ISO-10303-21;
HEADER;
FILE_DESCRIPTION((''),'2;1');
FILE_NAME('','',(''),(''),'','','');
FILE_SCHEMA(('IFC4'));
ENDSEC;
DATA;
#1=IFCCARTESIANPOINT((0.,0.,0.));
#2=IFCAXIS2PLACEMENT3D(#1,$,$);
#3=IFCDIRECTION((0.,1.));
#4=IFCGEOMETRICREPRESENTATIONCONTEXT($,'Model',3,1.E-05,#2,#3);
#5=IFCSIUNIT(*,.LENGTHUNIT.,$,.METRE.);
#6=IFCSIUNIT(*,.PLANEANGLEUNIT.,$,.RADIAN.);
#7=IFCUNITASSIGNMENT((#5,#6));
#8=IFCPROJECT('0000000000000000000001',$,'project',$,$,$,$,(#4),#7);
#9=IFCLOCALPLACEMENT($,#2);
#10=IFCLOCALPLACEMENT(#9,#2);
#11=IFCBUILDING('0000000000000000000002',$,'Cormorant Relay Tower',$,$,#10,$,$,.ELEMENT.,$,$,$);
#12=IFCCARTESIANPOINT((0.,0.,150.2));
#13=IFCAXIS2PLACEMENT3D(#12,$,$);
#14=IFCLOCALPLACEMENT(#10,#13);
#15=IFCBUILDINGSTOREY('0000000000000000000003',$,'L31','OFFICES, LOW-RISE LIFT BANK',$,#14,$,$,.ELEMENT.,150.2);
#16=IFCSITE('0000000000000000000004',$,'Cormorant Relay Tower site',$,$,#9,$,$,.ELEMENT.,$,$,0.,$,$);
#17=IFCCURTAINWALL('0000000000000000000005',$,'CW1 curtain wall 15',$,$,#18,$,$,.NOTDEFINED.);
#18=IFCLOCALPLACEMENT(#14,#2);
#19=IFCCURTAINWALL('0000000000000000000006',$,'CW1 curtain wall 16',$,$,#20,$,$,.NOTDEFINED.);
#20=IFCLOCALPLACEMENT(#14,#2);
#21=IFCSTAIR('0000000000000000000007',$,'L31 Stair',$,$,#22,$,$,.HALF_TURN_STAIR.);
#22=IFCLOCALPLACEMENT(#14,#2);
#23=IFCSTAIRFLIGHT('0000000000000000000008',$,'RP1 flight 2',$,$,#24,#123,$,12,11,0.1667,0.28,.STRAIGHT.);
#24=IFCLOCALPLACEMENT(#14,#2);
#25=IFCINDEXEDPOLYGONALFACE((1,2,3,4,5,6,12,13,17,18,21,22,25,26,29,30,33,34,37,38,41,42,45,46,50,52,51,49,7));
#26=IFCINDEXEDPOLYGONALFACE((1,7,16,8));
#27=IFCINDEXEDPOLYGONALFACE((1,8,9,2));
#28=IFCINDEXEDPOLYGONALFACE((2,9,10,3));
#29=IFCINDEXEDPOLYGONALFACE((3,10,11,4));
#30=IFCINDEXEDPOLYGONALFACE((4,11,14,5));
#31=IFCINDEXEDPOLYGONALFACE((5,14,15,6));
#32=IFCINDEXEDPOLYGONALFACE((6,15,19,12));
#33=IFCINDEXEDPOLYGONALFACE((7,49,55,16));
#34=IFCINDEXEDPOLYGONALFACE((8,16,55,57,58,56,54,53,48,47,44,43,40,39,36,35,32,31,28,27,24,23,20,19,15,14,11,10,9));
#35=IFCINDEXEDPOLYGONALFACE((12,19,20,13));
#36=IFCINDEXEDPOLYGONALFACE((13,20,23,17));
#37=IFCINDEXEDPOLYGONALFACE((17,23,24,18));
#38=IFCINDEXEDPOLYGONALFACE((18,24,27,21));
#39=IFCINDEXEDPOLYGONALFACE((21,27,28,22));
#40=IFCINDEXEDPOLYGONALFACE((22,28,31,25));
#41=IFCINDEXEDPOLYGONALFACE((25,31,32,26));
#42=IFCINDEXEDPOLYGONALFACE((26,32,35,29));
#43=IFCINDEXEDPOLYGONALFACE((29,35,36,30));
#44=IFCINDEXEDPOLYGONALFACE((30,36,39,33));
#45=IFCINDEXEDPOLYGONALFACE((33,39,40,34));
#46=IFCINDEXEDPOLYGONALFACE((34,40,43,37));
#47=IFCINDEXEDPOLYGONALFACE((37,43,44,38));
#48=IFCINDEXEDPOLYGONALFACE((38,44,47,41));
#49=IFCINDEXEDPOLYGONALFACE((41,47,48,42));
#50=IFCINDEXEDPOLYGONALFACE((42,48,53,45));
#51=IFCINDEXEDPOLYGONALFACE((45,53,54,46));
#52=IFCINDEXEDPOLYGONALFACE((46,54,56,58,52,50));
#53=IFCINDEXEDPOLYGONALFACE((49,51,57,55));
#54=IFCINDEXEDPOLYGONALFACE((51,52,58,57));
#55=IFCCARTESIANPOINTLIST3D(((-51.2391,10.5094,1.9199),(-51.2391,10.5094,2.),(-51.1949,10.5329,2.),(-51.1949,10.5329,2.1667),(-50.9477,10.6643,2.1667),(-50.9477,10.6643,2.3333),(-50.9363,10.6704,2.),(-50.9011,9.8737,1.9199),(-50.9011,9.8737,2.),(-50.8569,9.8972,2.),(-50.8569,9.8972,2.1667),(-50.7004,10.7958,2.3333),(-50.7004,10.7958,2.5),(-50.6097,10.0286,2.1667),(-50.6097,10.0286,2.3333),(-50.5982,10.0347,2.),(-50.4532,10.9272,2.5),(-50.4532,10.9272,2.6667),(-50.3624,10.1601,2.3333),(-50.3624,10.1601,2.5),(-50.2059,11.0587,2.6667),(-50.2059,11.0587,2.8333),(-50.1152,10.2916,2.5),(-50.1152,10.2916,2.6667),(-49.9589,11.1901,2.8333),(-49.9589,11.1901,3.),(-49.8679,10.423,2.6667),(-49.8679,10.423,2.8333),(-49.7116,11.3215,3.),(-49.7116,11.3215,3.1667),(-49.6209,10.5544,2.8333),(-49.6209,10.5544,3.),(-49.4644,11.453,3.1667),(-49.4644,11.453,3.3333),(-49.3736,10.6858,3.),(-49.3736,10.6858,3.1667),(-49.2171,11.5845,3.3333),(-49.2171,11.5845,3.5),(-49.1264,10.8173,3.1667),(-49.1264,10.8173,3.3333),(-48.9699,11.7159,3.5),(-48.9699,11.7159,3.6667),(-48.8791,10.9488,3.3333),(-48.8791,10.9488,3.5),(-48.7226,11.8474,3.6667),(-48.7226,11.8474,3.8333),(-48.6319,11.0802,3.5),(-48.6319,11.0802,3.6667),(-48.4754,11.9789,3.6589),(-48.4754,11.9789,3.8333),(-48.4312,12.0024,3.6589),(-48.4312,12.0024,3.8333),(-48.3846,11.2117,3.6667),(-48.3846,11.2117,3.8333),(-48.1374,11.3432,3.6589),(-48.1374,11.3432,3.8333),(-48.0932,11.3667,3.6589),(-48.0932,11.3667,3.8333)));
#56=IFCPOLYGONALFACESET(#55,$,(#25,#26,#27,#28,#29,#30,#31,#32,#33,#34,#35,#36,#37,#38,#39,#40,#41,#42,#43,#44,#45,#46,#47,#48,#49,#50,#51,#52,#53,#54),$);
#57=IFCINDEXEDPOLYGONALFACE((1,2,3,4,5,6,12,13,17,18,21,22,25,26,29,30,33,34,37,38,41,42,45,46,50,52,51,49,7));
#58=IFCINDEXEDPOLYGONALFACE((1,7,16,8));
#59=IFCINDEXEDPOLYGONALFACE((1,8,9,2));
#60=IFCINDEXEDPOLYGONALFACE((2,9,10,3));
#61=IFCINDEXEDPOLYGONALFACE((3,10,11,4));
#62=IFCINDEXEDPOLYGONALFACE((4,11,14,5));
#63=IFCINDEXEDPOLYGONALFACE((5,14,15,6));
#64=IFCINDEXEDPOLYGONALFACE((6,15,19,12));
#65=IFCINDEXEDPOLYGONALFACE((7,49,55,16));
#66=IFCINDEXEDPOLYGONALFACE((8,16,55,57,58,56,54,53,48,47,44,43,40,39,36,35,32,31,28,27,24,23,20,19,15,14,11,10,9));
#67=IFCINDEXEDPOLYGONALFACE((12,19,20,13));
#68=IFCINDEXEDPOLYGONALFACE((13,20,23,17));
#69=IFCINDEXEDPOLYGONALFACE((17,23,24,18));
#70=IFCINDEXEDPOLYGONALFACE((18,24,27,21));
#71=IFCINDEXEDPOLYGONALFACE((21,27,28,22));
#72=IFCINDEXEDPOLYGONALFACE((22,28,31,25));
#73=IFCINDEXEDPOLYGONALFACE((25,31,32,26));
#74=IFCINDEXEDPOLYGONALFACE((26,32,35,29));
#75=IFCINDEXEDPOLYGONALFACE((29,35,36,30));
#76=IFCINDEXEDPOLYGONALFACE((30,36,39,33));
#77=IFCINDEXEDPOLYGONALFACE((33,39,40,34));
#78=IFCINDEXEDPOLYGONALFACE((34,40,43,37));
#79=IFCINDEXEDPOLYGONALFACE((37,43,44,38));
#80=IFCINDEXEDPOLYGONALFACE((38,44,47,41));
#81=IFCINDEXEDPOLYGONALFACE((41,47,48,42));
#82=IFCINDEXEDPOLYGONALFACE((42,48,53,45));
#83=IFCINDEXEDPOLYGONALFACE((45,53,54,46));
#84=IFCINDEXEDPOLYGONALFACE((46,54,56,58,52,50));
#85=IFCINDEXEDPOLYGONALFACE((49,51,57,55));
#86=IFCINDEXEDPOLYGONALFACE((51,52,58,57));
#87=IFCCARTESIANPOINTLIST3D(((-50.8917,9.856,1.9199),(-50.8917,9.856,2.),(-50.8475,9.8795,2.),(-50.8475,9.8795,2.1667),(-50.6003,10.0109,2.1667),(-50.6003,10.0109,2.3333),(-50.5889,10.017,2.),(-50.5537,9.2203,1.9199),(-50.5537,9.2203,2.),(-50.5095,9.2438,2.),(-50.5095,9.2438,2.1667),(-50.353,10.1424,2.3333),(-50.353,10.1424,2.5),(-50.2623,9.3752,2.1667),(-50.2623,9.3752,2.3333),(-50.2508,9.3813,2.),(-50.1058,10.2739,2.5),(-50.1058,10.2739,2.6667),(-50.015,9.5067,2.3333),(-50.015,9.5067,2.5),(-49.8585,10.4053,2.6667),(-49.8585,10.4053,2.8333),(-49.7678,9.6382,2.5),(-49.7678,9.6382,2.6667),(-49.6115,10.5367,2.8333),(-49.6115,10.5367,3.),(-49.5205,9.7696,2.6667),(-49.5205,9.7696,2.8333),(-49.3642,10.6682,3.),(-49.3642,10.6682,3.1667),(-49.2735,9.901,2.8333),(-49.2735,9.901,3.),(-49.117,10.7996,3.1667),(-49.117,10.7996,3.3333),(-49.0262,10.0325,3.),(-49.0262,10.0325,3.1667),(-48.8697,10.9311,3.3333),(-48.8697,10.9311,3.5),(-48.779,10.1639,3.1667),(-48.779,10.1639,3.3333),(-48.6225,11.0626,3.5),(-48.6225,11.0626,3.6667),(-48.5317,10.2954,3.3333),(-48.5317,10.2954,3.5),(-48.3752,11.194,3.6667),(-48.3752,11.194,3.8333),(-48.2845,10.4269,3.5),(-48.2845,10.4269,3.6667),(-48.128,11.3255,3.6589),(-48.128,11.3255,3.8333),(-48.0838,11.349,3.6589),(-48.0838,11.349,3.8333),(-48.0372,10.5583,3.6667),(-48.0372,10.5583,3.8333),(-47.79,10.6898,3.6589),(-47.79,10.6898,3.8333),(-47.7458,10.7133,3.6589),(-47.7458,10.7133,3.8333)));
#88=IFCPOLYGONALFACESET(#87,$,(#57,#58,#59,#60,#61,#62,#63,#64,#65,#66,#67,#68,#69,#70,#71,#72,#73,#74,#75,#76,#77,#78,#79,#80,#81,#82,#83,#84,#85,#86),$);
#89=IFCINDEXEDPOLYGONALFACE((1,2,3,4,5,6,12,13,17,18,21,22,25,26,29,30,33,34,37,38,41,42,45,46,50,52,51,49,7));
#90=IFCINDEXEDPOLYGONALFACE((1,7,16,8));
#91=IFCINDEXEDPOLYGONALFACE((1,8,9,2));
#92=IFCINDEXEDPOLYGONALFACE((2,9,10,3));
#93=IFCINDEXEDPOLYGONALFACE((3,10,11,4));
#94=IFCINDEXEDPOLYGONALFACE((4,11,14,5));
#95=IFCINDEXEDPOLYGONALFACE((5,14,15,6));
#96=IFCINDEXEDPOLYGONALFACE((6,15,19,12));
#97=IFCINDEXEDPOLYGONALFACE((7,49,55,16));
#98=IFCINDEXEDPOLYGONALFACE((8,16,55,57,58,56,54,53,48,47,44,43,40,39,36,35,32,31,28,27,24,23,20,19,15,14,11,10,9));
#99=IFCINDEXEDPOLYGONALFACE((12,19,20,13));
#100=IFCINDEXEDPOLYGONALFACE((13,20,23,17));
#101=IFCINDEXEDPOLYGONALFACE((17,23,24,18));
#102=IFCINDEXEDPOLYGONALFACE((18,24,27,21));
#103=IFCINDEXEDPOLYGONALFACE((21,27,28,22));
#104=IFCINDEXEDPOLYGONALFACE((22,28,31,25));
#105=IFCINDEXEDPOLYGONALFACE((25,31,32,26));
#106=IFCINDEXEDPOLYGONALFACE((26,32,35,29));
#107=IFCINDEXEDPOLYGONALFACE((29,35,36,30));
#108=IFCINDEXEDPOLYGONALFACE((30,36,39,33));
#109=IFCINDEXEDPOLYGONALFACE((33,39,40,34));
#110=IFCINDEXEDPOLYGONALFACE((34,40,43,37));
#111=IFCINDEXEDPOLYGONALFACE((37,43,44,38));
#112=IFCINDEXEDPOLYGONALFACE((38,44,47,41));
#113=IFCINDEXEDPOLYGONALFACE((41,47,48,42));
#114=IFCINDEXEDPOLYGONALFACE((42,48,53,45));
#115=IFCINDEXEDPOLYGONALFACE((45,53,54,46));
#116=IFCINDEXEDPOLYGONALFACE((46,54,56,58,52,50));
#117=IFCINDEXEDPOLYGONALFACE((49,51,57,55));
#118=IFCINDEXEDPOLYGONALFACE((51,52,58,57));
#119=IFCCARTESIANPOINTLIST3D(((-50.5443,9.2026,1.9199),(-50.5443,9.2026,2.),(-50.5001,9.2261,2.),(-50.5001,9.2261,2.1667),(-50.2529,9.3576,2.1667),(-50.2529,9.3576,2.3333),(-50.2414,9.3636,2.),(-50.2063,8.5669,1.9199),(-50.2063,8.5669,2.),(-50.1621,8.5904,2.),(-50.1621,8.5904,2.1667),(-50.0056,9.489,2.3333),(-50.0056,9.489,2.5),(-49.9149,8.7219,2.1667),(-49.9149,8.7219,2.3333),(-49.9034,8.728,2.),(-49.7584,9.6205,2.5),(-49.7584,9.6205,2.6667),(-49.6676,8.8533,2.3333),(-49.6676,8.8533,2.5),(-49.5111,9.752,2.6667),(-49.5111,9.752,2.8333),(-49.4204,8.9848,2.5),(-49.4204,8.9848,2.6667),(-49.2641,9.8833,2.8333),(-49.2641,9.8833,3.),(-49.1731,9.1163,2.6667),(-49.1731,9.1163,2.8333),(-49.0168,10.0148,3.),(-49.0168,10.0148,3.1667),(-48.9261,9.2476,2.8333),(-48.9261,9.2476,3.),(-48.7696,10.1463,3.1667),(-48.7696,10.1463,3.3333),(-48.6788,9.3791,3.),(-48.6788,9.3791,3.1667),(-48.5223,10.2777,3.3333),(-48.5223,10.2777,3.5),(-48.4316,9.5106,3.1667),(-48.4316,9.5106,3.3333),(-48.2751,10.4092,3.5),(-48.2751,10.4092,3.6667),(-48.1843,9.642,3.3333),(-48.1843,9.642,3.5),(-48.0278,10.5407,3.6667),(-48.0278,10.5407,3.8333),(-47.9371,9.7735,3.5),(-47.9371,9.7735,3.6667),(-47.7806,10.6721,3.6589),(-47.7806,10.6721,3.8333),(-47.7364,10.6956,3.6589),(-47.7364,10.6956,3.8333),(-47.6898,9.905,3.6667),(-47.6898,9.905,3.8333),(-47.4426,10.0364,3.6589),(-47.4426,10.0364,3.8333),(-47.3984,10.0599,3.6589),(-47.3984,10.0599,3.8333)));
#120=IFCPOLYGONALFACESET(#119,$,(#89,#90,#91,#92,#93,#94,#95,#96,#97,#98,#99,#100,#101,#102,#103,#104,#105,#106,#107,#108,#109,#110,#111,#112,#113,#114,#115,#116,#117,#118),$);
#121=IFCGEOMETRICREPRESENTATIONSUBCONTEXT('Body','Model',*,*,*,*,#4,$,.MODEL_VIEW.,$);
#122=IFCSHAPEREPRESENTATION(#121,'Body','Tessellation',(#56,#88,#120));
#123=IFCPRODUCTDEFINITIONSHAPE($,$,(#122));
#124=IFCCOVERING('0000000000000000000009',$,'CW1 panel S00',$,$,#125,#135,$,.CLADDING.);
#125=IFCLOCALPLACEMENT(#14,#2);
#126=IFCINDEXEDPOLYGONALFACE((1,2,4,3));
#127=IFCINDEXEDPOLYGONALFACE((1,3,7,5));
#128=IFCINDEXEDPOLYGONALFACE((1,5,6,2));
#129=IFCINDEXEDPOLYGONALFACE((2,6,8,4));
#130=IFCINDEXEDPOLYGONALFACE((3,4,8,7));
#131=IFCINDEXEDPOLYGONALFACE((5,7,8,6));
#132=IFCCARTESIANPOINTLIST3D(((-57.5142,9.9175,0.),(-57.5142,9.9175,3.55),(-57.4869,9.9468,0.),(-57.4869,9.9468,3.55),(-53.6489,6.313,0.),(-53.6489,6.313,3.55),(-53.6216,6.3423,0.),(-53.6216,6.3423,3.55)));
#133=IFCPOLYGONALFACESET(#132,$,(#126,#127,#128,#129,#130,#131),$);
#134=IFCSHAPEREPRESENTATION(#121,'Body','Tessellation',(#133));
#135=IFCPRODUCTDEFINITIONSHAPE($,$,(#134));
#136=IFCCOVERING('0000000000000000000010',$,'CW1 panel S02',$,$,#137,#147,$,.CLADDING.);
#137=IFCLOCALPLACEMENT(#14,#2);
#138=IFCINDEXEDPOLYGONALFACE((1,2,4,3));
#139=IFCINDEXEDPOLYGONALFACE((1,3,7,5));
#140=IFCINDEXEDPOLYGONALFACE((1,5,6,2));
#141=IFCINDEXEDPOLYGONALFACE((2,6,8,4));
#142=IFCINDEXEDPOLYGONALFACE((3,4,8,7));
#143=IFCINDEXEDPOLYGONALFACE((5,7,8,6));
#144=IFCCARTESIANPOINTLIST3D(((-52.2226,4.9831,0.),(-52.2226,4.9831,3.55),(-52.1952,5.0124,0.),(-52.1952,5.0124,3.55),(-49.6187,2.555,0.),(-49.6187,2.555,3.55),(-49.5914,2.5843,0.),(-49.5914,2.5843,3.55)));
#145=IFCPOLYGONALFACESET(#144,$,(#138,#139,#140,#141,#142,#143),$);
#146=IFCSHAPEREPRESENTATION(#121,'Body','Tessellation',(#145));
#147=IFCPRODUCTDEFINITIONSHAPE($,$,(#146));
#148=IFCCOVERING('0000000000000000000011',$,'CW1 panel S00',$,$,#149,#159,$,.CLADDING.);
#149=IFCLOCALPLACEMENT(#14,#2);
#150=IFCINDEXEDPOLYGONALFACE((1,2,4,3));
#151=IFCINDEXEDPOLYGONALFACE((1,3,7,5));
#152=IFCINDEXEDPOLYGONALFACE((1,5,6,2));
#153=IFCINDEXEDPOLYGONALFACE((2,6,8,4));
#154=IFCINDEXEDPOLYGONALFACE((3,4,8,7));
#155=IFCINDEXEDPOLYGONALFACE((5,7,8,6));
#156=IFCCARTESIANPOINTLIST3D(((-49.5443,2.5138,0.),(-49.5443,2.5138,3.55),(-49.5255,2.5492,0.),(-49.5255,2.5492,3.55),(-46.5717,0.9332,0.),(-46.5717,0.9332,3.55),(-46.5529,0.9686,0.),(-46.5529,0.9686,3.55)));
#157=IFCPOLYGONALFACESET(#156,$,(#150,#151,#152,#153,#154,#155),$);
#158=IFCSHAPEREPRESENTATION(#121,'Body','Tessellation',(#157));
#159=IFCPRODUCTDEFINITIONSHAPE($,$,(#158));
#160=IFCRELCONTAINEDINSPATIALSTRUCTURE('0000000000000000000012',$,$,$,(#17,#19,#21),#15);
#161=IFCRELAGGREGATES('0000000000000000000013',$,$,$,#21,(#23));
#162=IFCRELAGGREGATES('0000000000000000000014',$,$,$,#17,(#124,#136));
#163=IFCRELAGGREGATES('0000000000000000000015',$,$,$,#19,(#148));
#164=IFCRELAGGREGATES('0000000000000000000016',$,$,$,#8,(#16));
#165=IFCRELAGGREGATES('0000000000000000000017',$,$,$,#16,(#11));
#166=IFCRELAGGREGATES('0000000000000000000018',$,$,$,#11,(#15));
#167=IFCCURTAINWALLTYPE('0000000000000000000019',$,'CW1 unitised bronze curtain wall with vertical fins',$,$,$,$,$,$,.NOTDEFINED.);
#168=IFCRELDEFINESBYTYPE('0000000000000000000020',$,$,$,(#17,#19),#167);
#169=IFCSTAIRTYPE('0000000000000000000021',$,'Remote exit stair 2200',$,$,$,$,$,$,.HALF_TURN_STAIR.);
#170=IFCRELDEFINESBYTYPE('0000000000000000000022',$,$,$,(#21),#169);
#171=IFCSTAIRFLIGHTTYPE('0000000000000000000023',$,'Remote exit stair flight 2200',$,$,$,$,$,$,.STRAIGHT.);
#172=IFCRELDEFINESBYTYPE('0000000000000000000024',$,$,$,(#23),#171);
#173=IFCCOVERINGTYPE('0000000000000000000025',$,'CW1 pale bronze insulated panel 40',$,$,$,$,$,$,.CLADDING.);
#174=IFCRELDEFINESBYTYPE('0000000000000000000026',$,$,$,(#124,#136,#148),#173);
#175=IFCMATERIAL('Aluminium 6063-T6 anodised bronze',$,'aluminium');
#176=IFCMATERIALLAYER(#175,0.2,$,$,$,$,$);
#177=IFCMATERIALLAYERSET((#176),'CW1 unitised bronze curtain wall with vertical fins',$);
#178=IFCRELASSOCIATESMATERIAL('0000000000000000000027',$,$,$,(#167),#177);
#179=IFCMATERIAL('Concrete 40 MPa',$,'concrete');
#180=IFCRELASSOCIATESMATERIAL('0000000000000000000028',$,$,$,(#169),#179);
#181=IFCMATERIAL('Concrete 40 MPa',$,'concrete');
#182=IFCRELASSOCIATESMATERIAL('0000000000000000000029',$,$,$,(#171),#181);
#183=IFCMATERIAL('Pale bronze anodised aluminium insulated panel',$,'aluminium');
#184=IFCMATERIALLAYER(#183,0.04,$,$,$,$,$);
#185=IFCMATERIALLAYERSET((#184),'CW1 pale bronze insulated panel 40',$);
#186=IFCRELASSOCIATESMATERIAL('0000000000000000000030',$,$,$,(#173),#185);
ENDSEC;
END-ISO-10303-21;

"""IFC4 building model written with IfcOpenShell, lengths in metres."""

from ifc_helpers import new_model, si_unit, direction, frame, origin, origin_2d, place, context, subcontext, project, spatial, polyline, rectangle, outline, extrude, material, layer, layer_set, type_object, element, aggregate, save


model = new_model("IFC4")

# Units and contexts
model_context = context("Model", 3, precision=1e-05, world=origin(), true_north=direction((0.0, 1.0)))
body_context = subcontext(model_context, "Body", "Model", "MODEL_VIEW")
ifc_project = project(units=[si_unit("LENGTHUNIT", "METRE"), si_unit("PLANEANGLEUNIT", "RADIAN")], contexts=[model_context])

# Site, building, storey
site_placement = place(None, origin())
site = spatial("IfcSite", under=ifc_project, at=site_placement, Name="Cormorant Relay Tower site", CompositionType="ELEMENT", RefElevation=0.0)
building_placement = place(site_placement, origin())
building = spatial("IfcBuilding", under=site, at=building_placement, Name="Cormorant Relay Tower", CompositionType="ELEMENT")
storey_placement = place(building_placement, frame((0.0, 0.0, 150.2)))
storey = spatial("IfcBuildingStorey", under=building, at=storey_placement, Name="L31", Description="OFFICES, LOW-RISE LIFT BANK", CompositionType="ELEMENT", Elevation=150.2)

# Shared definitions
ifc_material_1 = material(Name="Aluminium 6063-T6 anodised bronze", Category="aluminium")
ifc_layer_1 = layer(ifc_material_1, 0.2)
ifc_layer_set_1 = layer_set([ifc_layer_1], Name="CW1 unitised bronze curtain wall with vertical fins")
curtain_wall_type = type_object("IfcCurtainWallType", Name="CW1 unitised bronze curtain wall with vertical fins", PredefinedType="NOTDEFINED", material=ifc_layer_set_1)

# Curtain wall
curtain_wall_1_placement = place(storey_placement, origin())
curtain_wall_1 = element("IfcCurtainWall", 1, at=curtain_wall_1_placement, inside=storey, type_object=curtain_wall_type, Name="CW1 curtain wall 15", PredefinedType="NOTDEFINED")

# Curtain wall
curtain_wall_2_placement = place(storey_placement, origin())
curtain_wall_2 = element("IfcCurtainWall", 2, at=curtain_wall_2_placement, inside=storey, type_object=curtain_wall_type, Name="CW1 curtain wall 16", PredefinedType="NOTDEFINED")

# Stair, stair flight
ifc_material_2 = material(Name="Concrete 40 MPa", Category="concrete")
stair_type = type_object("IfcStairType", Name="Remote exit stair 2200", PredefinedType="HALF_TURN_STAIR", material=ifc_material_2)
stair_placement = place(storey_placement, origin())
stair = element("IfcStair", 3, at=stair_placement, inside=storey, type_object=stair_type, Name="L31 Stair", PredefinedType="HALF_TURN_STAIR")
ifc_material_3 = material(Name="Concrete 40 MPa", Category="concrete")
stair_flight_type = type_object("IfcStairFlightType", Name="Remote exit stair flight 2200", PredefinedType="STRAIGHT", material=ifc_material_3)
stair_flight_1_placement = place(storey_placement, frame((-50.6785, 9.5615, 2.0), z_axis=(0.0, 0.0, 1.0), x_axis=(0.882948, 0.469472, 0.0)))
stair_flight_1 = element("IfcStairFlight", 4, at=stair_flight_1_placement, type_object=stair_flight_type, Name="RP1 flight 2", NumberOfRisers=12, NumberOfTreads=11, PredefinedType="STRAIGHT", RiserHeight=0.1667, TreadLength=0.28, context=body_context, shape_type="SweptSolid", body=[
    extrude(outline(polyline([(-0.05, -0.0801), (-0.05, 0.0), (0.0, 0.0), (0.0, 0.1667), (0.28, 0.1667), (0.28, 0.3333), (0.5601, 0.3333), (0.5601, 0.5), (0.8401, 0.5), (0.8401, 0.6667), (1.1201, 0.6667), (1.1201, 0.8333), (1.3999, 0.8333), (1.3999, 1.0), (1.6799, 1.0), (1.6799, 1.1667), (1.96, 1.1667), (1.96, 1.3333), (2.24, 1.3333), (2.24, 1.5), (2.52, 1.5), (2.52, 1.6667), (2.8, 1.6667), (2.8, 1.8333), (3.0801, 1.8333), (3.1301, 1.8333), (3.1301, 1.6589), (3.0801, 1.6589), (0.293, 0.0), (-0.05, -0.0801)])), frame((0.0, 1.1001, 0.0), z_axis=(0.0, -1.0, 0.0), x_axis=(1.0, 0.0, 0.0)), (0.0, 0.0, 1.0), 0.72),
    extrude(outline(polyline([(-0.05, -0.0801), (-0.05, 0.0), (0.0, 0.0), (0.0, 0.1667), (0.28, 0.1667), (0.28, 0.3333), (0.5601, 0.3333), (0.5601, 0.5), (0.8401, 0.5), (0.8401, 0.6667), (1.1201, 0.6667), (1.1201, 0.8333), (1.3999, 0.8333), (1.3999, 1.0), (1.6799, 1.0), (1.6799, 1.1667), (1.96, 1.1667), (1.96, 1.3333), (2.24, 1.3333), (2.24, 1.5), (2.52, 1.5), (2.52, 1.6667), (2.8, 1.6667), (2.8, 1.8333), (3.0801, 1.8333), (3.1301, 1.8333), (3.1301, 1.6589), (3.0801, 1.6589), (0.293, 0.0), (-0.05, -0.0801)])), frame((0.0, 0.3601, 0.0), z_axis=(0.0, -1.0, 0.0), x_axis=(1.0, 0.0, 0.0)), (0.0, 0.0, 1.0), 0.72),
    extrude(outline(polyline([(-0.05, -0.0801), (-0.05, 0.0), (0.0, 0.0), (0.0, 0.1667), (0.28, 0.1667), (0.28, 0.3333), (0.5601, 0.3333), (0.5601, 0.5), (0.8401, 0.5), (0.8401, 0.6667), (1.1201, 0.6667), (1.1201, 0.8333), (1.3999, 0.8333), (1.3999, 1.0), (1.6799, 1.0), (1.6799, 1.1667), (1.96, 1.1667), (1.96, 1.3333), (2.24, 1.3333), (2.24, 1.5), (2.52, 1.5), (2.52, 1.6667), (2.8, 1.6667), (2.8, 1.8333), (3.0801, 1.8333), (3.1301, 1.8333), (3.1301, 1.6589), (3.0801, 1.6589), (0.293, 0.0), (-0.05, -0.0801)])), frame((0.0, -0.3799, 0.0), z_axis=(0.0, -1.0, 0.0), x_axis=(1.0, 0.0, 0.0)), (0.0, 0.0, 1.0), 0.72),
])
aggregate(stair, [stair_flight_1])

# Coverings
ifc_material_4 = material(Name="Pale bronze anodised aluminium insulated panel", Category="aluminium")
ifc_layer_2 = layer(ifc_material_4, 0.04)
ifc_layer_set_2 = layer_set([ifc_layer_2], Name="CW1 pale bronze insulated panel 40")
covering_type = type_object("IfcCoveringType", Name="CW1 pale bronze insulated panel 40", PredefinedType="CLADDING", material=ifc_layer_set_2)
covering_1_placement = place(storey_placement, frame((-55.5679, 8.1299, 0.0), z_axis=(0.0, 0.0, 1.0), x_axis=(0.731354, -0.681998, 0.0)))
covering_1 = element("IfcCovering", 5, at=covering_1_placement, type_object=covering_type, Name="CW1 panel S00", PredefinedType="CLADDING", context=body_context, shape_type="SweptSolid", body=[
    extrude(rectangle(XDim=5.2852, YDim=0.04, at=origin_2d()), origin(), (0.0, 0.0, 1.0), 3.55),
])
covering_2_placement = place(storey_placement, frame((-50.907, 3.7837, 0.0), z_axis=(0.0, 0.0, 1.0), x_axis=(0.731354, -0.681998, 0.0)))
covering_2 = element("IfcCovering", 6, at=covering_2_placement, type_object=covering_type, Name="CW1 panel S02", PredefinedType="CLADDING", context=body_context, shape_type="SweptSolid", body=[
    extrude(rectangle(XDim=3.5603, YDim=0.04, at=origin_2d()), origin(), (0.0, 0.0, 1.0), 3.55),
])
aggregate(curtain_wall_1, [covering_1, covering_2])
covering_3_placement = place(storey_placement, frame((-48.0486, 1.7412, 0.0), z_axis=(0.0, 0.0, 1.0), x_axis=(0.882948, -0.469472, 0.0)))
covering_3 = element("IfcCovering", 7, at=covering_3_placement, type_object=covering_type, Name="CW1 panel S00", PredefinedType="CLADDING", context=body_context, shape_type="SweptSolid", body=[
    extrude(rectangle(XDim=3.3667, YDim=0.04, at=origin_2d()), origin(), (0.0, 0.0, 1.0), 3.55),
])
aggregate(curtain_wall_2, [covering_3])

save(model, "model.ifc")
